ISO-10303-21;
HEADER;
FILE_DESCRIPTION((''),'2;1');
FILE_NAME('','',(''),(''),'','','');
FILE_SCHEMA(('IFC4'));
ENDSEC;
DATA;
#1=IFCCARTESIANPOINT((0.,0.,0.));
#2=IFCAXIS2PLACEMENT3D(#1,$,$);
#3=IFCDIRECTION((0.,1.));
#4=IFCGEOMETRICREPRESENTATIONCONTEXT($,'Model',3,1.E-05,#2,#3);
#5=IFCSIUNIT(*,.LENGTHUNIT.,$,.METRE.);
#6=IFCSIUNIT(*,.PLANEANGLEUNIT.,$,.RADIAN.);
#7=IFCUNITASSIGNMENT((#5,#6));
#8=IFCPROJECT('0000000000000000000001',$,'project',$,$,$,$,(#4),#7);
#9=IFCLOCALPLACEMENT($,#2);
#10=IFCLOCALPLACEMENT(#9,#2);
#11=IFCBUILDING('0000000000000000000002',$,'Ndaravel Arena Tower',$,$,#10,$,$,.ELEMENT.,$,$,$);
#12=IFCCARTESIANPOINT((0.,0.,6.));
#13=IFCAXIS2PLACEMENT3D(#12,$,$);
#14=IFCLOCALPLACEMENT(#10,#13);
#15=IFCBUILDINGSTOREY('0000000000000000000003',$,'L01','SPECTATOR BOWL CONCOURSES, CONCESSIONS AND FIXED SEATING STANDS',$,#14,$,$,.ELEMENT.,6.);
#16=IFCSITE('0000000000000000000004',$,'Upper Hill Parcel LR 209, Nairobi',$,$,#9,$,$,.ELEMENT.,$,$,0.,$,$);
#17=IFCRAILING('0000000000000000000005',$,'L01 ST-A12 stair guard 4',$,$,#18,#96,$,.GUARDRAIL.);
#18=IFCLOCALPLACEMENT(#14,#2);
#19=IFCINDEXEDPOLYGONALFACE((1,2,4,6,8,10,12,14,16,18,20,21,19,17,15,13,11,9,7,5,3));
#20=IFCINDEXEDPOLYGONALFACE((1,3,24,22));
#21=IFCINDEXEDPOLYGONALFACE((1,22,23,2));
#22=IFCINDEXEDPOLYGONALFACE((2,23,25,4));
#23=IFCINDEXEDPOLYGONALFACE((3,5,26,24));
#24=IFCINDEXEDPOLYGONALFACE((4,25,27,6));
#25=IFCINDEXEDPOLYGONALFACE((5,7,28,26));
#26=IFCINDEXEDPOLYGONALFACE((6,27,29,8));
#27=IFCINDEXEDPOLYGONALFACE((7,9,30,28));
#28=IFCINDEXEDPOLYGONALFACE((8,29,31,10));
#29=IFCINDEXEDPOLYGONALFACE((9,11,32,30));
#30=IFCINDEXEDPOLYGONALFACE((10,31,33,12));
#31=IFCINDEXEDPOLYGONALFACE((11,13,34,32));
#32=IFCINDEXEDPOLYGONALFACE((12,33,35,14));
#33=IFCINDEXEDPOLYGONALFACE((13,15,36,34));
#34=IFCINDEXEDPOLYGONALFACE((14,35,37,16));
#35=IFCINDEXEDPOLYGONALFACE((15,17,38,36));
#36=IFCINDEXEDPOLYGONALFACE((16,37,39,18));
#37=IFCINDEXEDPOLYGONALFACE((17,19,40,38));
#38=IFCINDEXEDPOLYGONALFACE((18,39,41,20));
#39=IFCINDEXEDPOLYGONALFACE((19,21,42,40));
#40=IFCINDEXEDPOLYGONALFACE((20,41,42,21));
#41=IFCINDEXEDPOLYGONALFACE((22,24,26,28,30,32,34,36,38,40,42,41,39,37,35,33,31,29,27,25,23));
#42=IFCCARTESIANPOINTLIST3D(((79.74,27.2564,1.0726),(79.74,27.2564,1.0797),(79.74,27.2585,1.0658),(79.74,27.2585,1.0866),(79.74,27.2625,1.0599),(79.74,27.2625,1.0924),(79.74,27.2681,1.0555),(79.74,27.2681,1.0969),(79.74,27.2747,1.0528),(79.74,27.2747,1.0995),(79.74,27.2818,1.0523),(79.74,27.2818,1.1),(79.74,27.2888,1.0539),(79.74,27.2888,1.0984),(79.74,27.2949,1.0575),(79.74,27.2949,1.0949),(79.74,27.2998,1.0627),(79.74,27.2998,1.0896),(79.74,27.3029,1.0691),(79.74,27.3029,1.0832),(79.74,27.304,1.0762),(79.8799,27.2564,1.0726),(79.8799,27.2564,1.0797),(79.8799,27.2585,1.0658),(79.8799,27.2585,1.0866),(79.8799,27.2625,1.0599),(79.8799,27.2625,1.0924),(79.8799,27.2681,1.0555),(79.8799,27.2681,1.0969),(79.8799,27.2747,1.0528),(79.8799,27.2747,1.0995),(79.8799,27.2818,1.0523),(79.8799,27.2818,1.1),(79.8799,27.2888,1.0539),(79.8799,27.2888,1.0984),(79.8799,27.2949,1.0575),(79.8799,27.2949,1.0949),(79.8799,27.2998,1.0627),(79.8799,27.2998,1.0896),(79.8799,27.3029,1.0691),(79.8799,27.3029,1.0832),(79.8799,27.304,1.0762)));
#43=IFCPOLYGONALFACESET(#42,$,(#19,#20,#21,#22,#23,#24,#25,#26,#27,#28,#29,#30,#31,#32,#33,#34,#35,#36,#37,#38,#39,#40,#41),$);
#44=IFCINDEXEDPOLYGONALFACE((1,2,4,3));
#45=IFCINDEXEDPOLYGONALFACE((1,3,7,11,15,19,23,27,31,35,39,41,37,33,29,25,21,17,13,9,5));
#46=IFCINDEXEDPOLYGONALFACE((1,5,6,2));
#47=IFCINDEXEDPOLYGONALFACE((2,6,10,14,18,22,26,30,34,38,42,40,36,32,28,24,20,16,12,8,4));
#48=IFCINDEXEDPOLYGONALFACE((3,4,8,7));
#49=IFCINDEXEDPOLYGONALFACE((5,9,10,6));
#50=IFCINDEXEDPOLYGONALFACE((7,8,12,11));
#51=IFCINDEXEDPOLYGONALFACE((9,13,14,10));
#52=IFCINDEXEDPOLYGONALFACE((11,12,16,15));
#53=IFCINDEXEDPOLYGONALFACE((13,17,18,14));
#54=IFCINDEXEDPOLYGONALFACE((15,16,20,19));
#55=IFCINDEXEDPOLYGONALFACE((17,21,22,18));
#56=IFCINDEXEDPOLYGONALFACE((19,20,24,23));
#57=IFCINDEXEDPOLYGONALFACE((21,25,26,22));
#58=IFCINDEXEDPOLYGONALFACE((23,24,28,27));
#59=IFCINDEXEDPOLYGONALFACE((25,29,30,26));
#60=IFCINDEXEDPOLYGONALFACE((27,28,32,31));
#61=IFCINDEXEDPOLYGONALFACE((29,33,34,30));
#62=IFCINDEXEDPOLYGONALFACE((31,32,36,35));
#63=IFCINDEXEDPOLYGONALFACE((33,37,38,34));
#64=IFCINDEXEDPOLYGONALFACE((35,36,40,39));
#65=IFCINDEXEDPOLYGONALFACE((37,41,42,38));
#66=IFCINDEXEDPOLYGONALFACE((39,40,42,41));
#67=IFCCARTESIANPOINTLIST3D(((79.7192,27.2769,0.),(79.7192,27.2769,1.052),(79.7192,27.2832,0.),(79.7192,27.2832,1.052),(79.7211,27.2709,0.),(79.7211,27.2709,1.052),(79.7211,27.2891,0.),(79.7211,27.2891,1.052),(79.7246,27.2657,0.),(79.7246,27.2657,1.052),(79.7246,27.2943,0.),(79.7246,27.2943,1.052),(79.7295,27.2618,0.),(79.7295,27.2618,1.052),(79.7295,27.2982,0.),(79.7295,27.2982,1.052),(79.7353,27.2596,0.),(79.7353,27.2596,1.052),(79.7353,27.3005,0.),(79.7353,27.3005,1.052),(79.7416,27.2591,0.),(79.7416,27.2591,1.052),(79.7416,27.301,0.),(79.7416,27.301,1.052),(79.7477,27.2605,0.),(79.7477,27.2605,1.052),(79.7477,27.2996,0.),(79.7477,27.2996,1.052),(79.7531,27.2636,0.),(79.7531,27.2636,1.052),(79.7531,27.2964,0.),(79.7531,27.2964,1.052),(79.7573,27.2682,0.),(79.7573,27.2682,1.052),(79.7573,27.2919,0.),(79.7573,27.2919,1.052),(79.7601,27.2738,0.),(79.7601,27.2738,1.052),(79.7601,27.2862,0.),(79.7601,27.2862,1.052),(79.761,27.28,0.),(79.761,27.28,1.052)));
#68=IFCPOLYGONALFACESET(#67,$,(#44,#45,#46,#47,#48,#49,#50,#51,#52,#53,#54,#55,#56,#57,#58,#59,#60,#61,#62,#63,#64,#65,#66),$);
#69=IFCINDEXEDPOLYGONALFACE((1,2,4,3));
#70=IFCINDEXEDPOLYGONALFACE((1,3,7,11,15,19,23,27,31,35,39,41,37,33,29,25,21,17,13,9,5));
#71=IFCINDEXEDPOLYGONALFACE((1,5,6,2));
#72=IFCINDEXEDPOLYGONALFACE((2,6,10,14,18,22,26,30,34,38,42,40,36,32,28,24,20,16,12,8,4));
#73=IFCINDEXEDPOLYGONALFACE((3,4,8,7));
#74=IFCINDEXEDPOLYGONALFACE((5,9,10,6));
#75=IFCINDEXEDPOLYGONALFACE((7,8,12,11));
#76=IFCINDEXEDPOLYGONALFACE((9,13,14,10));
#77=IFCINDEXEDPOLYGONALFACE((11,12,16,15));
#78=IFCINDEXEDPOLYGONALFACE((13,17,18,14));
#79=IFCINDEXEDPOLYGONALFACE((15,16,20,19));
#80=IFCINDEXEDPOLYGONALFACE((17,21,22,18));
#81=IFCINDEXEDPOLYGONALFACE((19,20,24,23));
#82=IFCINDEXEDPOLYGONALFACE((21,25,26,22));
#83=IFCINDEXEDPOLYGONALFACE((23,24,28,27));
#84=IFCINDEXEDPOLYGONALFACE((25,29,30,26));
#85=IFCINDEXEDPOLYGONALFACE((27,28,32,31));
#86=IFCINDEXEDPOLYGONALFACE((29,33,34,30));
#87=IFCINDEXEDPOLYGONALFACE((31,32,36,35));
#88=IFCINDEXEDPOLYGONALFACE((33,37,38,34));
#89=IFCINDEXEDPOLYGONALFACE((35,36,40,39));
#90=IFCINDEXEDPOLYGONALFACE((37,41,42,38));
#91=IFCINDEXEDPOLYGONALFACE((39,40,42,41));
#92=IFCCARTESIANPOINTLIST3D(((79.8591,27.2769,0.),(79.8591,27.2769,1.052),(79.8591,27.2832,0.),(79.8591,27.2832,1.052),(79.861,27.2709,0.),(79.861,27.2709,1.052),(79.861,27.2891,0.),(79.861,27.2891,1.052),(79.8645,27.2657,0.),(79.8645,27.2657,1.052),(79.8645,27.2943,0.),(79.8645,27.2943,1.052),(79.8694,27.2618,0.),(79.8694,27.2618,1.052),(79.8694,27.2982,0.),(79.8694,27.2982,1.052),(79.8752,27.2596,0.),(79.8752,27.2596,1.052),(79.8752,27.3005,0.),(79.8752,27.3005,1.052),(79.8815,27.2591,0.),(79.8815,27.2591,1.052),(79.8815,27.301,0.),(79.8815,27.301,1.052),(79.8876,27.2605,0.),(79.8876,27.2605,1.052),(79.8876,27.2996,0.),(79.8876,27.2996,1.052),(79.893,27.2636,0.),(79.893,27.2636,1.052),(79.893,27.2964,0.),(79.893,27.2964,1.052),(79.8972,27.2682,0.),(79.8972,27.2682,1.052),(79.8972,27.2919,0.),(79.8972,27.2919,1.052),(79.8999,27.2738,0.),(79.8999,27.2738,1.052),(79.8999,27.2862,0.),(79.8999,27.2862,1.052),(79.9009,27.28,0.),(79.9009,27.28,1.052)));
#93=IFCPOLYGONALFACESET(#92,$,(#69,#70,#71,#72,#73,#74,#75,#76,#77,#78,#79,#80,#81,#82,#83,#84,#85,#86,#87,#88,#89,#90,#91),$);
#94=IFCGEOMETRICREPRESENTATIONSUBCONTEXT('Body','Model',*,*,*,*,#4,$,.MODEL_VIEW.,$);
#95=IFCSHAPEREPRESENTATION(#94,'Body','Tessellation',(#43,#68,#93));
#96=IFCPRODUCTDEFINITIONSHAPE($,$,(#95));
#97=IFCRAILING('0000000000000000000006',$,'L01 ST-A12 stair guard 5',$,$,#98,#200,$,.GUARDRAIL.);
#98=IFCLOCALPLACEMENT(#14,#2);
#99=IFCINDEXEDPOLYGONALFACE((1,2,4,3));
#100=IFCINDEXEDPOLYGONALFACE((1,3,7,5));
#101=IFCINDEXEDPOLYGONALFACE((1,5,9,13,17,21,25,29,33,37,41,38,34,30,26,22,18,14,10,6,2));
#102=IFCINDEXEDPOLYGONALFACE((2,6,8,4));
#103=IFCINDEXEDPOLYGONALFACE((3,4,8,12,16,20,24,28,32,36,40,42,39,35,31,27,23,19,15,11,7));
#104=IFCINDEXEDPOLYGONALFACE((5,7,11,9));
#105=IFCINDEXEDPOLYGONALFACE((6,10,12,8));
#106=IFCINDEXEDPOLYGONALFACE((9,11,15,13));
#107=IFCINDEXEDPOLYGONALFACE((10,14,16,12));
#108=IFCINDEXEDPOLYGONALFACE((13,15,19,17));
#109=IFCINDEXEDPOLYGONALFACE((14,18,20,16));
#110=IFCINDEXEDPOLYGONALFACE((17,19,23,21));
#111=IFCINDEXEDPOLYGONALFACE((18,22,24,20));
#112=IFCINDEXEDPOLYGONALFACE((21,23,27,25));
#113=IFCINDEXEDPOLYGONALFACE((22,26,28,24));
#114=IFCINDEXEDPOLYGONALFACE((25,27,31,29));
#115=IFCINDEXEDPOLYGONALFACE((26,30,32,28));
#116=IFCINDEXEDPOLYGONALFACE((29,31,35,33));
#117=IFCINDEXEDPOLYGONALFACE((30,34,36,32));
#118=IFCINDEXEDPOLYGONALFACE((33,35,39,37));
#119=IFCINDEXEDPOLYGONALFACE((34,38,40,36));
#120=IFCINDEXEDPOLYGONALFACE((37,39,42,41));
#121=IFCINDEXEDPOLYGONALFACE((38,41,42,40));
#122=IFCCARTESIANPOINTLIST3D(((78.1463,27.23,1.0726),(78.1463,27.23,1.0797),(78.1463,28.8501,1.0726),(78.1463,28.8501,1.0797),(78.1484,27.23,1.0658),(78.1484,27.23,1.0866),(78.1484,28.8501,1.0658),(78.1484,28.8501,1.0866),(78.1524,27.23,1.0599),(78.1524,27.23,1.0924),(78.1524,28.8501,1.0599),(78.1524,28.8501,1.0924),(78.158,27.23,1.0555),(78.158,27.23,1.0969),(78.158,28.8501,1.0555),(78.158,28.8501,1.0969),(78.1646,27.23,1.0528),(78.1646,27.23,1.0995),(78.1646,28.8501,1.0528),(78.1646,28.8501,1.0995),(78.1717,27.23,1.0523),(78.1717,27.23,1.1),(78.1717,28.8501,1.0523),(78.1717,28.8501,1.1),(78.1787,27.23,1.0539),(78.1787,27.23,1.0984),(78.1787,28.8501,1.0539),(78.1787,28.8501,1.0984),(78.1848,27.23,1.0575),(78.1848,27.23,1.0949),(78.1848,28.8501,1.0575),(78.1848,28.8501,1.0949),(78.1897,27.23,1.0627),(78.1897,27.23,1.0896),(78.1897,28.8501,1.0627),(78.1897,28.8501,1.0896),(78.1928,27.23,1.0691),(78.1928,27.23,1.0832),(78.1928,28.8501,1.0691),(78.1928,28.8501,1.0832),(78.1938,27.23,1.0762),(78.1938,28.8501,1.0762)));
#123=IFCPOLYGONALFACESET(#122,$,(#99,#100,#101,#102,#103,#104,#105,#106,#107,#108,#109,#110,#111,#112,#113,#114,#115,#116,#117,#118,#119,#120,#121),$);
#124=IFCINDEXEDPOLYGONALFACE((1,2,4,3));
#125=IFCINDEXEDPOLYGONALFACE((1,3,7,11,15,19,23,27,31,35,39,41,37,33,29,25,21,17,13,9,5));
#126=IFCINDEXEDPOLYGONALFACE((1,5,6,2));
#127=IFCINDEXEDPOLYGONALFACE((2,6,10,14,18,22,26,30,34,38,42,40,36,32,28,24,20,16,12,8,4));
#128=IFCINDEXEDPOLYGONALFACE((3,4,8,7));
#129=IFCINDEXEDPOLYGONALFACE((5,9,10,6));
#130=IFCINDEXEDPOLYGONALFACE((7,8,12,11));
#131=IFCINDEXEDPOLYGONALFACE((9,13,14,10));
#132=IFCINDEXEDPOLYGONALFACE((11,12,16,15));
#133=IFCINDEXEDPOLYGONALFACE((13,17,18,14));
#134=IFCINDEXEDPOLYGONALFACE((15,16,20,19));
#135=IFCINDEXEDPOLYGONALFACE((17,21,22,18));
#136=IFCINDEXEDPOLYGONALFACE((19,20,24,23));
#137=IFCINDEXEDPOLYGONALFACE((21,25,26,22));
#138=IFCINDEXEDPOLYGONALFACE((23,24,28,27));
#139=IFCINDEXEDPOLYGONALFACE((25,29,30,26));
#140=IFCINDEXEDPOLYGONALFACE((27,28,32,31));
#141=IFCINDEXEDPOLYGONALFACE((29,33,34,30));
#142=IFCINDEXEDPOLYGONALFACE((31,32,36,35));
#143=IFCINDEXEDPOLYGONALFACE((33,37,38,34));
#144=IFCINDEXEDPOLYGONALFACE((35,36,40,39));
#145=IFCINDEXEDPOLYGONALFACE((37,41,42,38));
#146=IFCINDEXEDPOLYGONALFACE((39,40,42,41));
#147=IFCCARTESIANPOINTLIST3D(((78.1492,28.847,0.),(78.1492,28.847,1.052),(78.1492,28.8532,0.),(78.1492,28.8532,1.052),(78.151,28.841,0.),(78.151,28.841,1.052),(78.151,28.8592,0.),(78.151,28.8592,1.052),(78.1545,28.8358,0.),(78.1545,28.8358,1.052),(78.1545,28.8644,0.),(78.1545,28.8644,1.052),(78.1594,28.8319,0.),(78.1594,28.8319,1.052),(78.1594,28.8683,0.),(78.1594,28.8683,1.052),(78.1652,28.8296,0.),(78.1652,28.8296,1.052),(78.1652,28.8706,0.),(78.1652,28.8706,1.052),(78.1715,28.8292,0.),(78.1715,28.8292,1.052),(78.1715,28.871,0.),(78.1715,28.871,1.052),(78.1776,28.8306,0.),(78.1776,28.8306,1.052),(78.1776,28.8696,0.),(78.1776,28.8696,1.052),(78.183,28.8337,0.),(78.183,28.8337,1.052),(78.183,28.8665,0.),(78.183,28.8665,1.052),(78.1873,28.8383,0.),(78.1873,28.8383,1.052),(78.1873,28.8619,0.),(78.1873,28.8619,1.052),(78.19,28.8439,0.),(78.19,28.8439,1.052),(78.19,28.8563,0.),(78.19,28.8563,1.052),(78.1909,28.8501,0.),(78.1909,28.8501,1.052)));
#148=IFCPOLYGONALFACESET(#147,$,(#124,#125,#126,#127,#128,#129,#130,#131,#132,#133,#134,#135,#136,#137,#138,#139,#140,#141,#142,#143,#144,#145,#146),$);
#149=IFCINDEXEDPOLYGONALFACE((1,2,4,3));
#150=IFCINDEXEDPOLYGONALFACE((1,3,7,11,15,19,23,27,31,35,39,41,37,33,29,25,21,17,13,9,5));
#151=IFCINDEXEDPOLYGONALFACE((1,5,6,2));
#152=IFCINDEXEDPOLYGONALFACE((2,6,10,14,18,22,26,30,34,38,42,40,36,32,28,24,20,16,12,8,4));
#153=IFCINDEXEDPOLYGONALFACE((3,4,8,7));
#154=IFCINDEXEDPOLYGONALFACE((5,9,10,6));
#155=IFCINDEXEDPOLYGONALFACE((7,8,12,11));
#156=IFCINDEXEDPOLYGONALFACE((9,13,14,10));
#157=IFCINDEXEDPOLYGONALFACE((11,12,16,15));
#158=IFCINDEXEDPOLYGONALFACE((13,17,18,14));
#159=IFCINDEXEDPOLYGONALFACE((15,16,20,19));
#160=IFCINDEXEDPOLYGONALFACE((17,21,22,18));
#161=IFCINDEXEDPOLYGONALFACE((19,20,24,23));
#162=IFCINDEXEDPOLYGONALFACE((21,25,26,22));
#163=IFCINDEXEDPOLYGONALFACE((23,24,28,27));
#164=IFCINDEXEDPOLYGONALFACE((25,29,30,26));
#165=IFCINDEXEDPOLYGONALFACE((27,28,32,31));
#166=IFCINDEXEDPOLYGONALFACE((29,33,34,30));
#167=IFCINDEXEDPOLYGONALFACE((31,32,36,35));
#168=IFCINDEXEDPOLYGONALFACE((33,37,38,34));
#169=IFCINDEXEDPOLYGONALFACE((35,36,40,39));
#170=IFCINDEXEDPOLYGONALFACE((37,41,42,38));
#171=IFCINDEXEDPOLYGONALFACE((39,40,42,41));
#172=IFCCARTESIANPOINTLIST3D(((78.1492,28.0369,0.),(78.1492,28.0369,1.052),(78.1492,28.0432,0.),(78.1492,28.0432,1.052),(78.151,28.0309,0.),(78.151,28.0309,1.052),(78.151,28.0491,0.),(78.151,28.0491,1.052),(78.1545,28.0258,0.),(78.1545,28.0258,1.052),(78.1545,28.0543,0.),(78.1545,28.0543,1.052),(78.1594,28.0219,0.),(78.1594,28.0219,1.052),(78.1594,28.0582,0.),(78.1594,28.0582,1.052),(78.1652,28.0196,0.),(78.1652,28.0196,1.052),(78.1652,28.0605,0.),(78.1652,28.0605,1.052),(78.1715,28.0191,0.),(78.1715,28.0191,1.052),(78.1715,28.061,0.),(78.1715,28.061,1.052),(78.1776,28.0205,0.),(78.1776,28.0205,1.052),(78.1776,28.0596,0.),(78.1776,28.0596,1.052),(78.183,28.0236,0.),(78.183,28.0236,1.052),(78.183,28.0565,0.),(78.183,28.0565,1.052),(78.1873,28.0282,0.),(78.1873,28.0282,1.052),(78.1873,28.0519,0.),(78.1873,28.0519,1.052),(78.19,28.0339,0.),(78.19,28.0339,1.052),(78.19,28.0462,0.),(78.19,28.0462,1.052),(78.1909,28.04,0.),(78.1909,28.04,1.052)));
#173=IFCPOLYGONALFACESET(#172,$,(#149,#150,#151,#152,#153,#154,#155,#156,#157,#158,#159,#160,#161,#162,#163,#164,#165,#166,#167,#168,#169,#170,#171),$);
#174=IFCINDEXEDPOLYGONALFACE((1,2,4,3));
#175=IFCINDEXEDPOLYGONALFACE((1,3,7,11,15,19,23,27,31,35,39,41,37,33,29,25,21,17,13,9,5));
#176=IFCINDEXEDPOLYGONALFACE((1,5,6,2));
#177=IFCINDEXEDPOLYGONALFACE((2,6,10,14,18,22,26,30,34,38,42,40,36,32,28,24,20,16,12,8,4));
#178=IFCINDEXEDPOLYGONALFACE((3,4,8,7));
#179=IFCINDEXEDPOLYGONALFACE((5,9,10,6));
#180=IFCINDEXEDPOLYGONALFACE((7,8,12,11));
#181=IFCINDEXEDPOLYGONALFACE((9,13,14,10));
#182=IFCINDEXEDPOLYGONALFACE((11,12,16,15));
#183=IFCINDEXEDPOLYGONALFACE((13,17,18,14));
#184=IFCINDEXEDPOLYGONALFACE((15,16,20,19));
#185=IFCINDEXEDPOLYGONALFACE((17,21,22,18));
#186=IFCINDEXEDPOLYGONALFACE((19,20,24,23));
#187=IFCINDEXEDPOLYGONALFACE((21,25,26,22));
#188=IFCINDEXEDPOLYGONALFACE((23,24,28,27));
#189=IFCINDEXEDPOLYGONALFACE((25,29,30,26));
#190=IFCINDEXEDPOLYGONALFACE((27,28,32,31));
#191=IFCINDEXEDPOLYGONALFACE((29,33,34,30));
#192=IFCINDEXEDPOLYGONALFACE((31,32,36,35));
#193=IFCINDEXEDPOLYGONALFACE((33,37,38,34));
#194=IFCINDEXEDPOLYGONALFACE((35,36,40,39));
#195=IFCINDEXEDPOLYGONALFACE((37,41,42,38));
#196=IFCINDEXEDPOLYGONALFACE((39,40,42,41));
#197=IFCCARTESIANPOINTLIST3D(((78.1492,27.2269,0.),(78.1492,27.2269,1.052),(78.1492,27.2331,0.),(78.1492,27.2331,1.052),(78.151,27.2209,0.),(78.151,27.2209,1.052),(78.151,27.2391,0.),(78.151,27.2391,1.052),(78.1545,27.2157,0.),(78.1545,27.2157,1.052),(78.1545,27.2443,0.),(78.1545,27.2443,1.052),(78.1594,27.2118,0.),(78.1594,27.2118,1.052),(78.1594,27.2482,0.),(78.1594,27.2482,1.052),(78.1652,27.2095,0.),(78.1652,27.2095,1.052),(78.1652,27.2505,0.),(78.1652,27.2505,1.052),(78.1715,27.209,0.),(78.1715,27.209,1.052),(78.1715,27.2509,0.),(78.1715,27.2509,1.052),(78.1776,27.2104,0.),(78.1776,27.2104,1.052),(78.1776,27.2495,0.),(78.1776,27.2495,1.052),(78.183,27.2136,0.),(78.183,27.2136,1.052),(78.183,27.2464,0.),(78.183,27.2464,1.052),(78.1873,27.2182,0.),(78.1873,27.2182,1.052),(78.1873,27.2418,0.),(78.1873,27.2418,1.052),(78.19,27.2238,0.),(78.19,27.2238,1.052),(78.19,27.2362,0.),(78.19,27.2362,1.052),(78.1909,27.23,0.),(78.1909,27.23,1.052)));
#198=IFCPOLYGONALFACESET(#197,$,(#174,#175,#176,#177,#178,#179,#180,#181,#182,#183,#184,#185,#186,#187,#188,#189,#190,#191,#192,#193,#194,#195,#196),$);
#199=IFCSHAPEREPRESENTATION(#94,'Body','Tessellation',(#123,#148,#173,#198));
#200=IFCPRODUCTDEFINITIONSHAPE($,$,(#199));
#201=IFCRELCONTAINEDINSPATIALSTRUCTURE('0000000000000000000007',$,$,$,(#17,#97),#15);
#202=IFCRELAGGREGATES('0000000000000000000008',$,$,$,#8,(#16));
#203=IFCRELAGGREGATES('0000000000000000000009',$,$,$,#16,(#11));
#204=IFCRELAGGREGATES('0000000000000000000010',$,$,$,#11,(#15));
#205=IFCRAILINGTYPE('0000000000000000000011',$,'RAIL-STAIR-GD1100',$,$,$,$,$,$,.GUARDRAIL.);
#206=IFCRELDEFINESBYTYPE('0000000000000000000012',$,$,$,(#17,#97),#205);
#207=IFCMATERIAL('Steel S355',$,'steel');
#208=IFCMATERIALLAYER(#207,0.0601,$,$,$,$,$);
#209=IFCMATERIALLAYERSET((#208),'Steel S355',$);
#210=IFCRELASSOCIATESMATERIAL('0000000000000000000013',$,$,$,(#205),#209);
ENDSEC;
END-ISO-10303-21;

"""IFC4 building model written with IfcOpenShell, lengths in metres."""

from ifc_helpers import new_model, si_unit, direction, frame, origin, origin_2d, place, context, subcontext, project, spatial, circle, extrude, material, layer, layer_set, type_object, element, save


model = new_model("IFC4")

# Units and contexts
model_context = context("Model", 3, precision=1e-05, world=origin(), true_north=direction((0.0, 1.0)))
body_context = subcontext(model_context, "Body", "Model", "MODEL_VIEW")
ifc_project = project(units=[si_unit("LENGTHUNIT", "METRE"), si_unit("PLANEANGLEUNIT", "RADIAN")], contexts=[model_context])

# Site, building, storey
site_placement = place(None, origin())
site = spatial("IfcSite", under=ifc_project, at=site_placement, Name="Upper Hill Parcel LR 209, Nairobi", CompositionType="ELEMENT", RefElevation=0.0)
building_placement = place(site_placement, origin())
building = spatial("IfcBuilding", under=site, at=building_placement, Name="Ndaravel Arena Tower", CompositionType="ELEMENT")
storey_placement = place(building_placement, frame((0.0, 0.0, 6.0)))
storey = spatial("IfcBuildingStorey", under=building, at=storey_placement, Name="L01", Description="SPECTATOR BOWL CONCOURSES, CONCESSIONS AND FIXED SEATING STANDS", CompositionType="ELEMENT", Elevation=6.0)

# Railings
ifc_material_1 = material(Name="Steel S355", Category="steel")
ifc_layer_1 = layer(ifc_material_1, 0.0601)
ifc_layer_set_1 = layer_set([ifc_layer_1], Name="Steel S355")
railing_type_1 = type_object("IfcRailingType", Name="RAIL-STAIR-GD1100", PredefinedType="GUARDRAIL", material=ifc_layer_set_1)
railing_1_placement = place(storey_placement, frame((79.74, 27.28, 0.0)))
element("IfcRailing", 1, at=railing_1_placement, inside=storey, type_object=railing_type_1, Name="L01 ST-A12 stair guard 4", PredefinedType="GUARDRAIL", context=body_context, shape_type="SweptSolid", body=[
    extrude(circle(Radius=0.0239, at=origin_2d()), frame((0.0, 0.0, 1.0762), z_axis=(1.0, 0.0, 0.0), x_axis=(0.0, 1.0, 0.0)), (0.0, 0.0, 1.0), 0.1399),
    extrude(circle(Radius=0.021, at=origin_2d()), origin(), (0.0, 0.0, 1.0), 1.052),
    extrude(circle(Radius=0.021, at=origin_2d()), frame((0.1399, 0.0, 0.0)), (0.0, 0.0, 1.0), 1.052),
])
for number, where, name in (
    (2, (78.1699, 28.8501, 0.0), "L01 ST-A12 stair guard 5"),
):
    element("IfcRailing", number, at=place(storey_placement, frame(where)), inside=storey, type_object=railing_type_1, Name=name, PredefinedType="GUARDRAIL", context=body_context, shape_type="SweptSolid", body=[
        extrude(circle(Radius=0.0239, at=origin_2d()), frame((0.0, 0.0, 1.0762), z_axis=(0.0, -1.0, 0.0), x_axis=(1.0, 0.0, 0.0)), (0.0, 0.0, 1.0), 1.6201),
        extrude(circle(Radius=0.021, at=origin_2d()), origin(), (0.0, 0.0, 1.0), 1.052),
        extrude(circle(Radius=0.021, at=origin_2d()), frame((0.0, -0.8101, 0.0)), (0.0, 0.0, 1.0), 1.052),
        extrude(circle(Radius=0.021, at=origin_2d()), frame((0.0, -1.6201, 0.0)), (0.0, 0.0, 1.0), 1.052),
    ])

save(model, "model.ifc")
